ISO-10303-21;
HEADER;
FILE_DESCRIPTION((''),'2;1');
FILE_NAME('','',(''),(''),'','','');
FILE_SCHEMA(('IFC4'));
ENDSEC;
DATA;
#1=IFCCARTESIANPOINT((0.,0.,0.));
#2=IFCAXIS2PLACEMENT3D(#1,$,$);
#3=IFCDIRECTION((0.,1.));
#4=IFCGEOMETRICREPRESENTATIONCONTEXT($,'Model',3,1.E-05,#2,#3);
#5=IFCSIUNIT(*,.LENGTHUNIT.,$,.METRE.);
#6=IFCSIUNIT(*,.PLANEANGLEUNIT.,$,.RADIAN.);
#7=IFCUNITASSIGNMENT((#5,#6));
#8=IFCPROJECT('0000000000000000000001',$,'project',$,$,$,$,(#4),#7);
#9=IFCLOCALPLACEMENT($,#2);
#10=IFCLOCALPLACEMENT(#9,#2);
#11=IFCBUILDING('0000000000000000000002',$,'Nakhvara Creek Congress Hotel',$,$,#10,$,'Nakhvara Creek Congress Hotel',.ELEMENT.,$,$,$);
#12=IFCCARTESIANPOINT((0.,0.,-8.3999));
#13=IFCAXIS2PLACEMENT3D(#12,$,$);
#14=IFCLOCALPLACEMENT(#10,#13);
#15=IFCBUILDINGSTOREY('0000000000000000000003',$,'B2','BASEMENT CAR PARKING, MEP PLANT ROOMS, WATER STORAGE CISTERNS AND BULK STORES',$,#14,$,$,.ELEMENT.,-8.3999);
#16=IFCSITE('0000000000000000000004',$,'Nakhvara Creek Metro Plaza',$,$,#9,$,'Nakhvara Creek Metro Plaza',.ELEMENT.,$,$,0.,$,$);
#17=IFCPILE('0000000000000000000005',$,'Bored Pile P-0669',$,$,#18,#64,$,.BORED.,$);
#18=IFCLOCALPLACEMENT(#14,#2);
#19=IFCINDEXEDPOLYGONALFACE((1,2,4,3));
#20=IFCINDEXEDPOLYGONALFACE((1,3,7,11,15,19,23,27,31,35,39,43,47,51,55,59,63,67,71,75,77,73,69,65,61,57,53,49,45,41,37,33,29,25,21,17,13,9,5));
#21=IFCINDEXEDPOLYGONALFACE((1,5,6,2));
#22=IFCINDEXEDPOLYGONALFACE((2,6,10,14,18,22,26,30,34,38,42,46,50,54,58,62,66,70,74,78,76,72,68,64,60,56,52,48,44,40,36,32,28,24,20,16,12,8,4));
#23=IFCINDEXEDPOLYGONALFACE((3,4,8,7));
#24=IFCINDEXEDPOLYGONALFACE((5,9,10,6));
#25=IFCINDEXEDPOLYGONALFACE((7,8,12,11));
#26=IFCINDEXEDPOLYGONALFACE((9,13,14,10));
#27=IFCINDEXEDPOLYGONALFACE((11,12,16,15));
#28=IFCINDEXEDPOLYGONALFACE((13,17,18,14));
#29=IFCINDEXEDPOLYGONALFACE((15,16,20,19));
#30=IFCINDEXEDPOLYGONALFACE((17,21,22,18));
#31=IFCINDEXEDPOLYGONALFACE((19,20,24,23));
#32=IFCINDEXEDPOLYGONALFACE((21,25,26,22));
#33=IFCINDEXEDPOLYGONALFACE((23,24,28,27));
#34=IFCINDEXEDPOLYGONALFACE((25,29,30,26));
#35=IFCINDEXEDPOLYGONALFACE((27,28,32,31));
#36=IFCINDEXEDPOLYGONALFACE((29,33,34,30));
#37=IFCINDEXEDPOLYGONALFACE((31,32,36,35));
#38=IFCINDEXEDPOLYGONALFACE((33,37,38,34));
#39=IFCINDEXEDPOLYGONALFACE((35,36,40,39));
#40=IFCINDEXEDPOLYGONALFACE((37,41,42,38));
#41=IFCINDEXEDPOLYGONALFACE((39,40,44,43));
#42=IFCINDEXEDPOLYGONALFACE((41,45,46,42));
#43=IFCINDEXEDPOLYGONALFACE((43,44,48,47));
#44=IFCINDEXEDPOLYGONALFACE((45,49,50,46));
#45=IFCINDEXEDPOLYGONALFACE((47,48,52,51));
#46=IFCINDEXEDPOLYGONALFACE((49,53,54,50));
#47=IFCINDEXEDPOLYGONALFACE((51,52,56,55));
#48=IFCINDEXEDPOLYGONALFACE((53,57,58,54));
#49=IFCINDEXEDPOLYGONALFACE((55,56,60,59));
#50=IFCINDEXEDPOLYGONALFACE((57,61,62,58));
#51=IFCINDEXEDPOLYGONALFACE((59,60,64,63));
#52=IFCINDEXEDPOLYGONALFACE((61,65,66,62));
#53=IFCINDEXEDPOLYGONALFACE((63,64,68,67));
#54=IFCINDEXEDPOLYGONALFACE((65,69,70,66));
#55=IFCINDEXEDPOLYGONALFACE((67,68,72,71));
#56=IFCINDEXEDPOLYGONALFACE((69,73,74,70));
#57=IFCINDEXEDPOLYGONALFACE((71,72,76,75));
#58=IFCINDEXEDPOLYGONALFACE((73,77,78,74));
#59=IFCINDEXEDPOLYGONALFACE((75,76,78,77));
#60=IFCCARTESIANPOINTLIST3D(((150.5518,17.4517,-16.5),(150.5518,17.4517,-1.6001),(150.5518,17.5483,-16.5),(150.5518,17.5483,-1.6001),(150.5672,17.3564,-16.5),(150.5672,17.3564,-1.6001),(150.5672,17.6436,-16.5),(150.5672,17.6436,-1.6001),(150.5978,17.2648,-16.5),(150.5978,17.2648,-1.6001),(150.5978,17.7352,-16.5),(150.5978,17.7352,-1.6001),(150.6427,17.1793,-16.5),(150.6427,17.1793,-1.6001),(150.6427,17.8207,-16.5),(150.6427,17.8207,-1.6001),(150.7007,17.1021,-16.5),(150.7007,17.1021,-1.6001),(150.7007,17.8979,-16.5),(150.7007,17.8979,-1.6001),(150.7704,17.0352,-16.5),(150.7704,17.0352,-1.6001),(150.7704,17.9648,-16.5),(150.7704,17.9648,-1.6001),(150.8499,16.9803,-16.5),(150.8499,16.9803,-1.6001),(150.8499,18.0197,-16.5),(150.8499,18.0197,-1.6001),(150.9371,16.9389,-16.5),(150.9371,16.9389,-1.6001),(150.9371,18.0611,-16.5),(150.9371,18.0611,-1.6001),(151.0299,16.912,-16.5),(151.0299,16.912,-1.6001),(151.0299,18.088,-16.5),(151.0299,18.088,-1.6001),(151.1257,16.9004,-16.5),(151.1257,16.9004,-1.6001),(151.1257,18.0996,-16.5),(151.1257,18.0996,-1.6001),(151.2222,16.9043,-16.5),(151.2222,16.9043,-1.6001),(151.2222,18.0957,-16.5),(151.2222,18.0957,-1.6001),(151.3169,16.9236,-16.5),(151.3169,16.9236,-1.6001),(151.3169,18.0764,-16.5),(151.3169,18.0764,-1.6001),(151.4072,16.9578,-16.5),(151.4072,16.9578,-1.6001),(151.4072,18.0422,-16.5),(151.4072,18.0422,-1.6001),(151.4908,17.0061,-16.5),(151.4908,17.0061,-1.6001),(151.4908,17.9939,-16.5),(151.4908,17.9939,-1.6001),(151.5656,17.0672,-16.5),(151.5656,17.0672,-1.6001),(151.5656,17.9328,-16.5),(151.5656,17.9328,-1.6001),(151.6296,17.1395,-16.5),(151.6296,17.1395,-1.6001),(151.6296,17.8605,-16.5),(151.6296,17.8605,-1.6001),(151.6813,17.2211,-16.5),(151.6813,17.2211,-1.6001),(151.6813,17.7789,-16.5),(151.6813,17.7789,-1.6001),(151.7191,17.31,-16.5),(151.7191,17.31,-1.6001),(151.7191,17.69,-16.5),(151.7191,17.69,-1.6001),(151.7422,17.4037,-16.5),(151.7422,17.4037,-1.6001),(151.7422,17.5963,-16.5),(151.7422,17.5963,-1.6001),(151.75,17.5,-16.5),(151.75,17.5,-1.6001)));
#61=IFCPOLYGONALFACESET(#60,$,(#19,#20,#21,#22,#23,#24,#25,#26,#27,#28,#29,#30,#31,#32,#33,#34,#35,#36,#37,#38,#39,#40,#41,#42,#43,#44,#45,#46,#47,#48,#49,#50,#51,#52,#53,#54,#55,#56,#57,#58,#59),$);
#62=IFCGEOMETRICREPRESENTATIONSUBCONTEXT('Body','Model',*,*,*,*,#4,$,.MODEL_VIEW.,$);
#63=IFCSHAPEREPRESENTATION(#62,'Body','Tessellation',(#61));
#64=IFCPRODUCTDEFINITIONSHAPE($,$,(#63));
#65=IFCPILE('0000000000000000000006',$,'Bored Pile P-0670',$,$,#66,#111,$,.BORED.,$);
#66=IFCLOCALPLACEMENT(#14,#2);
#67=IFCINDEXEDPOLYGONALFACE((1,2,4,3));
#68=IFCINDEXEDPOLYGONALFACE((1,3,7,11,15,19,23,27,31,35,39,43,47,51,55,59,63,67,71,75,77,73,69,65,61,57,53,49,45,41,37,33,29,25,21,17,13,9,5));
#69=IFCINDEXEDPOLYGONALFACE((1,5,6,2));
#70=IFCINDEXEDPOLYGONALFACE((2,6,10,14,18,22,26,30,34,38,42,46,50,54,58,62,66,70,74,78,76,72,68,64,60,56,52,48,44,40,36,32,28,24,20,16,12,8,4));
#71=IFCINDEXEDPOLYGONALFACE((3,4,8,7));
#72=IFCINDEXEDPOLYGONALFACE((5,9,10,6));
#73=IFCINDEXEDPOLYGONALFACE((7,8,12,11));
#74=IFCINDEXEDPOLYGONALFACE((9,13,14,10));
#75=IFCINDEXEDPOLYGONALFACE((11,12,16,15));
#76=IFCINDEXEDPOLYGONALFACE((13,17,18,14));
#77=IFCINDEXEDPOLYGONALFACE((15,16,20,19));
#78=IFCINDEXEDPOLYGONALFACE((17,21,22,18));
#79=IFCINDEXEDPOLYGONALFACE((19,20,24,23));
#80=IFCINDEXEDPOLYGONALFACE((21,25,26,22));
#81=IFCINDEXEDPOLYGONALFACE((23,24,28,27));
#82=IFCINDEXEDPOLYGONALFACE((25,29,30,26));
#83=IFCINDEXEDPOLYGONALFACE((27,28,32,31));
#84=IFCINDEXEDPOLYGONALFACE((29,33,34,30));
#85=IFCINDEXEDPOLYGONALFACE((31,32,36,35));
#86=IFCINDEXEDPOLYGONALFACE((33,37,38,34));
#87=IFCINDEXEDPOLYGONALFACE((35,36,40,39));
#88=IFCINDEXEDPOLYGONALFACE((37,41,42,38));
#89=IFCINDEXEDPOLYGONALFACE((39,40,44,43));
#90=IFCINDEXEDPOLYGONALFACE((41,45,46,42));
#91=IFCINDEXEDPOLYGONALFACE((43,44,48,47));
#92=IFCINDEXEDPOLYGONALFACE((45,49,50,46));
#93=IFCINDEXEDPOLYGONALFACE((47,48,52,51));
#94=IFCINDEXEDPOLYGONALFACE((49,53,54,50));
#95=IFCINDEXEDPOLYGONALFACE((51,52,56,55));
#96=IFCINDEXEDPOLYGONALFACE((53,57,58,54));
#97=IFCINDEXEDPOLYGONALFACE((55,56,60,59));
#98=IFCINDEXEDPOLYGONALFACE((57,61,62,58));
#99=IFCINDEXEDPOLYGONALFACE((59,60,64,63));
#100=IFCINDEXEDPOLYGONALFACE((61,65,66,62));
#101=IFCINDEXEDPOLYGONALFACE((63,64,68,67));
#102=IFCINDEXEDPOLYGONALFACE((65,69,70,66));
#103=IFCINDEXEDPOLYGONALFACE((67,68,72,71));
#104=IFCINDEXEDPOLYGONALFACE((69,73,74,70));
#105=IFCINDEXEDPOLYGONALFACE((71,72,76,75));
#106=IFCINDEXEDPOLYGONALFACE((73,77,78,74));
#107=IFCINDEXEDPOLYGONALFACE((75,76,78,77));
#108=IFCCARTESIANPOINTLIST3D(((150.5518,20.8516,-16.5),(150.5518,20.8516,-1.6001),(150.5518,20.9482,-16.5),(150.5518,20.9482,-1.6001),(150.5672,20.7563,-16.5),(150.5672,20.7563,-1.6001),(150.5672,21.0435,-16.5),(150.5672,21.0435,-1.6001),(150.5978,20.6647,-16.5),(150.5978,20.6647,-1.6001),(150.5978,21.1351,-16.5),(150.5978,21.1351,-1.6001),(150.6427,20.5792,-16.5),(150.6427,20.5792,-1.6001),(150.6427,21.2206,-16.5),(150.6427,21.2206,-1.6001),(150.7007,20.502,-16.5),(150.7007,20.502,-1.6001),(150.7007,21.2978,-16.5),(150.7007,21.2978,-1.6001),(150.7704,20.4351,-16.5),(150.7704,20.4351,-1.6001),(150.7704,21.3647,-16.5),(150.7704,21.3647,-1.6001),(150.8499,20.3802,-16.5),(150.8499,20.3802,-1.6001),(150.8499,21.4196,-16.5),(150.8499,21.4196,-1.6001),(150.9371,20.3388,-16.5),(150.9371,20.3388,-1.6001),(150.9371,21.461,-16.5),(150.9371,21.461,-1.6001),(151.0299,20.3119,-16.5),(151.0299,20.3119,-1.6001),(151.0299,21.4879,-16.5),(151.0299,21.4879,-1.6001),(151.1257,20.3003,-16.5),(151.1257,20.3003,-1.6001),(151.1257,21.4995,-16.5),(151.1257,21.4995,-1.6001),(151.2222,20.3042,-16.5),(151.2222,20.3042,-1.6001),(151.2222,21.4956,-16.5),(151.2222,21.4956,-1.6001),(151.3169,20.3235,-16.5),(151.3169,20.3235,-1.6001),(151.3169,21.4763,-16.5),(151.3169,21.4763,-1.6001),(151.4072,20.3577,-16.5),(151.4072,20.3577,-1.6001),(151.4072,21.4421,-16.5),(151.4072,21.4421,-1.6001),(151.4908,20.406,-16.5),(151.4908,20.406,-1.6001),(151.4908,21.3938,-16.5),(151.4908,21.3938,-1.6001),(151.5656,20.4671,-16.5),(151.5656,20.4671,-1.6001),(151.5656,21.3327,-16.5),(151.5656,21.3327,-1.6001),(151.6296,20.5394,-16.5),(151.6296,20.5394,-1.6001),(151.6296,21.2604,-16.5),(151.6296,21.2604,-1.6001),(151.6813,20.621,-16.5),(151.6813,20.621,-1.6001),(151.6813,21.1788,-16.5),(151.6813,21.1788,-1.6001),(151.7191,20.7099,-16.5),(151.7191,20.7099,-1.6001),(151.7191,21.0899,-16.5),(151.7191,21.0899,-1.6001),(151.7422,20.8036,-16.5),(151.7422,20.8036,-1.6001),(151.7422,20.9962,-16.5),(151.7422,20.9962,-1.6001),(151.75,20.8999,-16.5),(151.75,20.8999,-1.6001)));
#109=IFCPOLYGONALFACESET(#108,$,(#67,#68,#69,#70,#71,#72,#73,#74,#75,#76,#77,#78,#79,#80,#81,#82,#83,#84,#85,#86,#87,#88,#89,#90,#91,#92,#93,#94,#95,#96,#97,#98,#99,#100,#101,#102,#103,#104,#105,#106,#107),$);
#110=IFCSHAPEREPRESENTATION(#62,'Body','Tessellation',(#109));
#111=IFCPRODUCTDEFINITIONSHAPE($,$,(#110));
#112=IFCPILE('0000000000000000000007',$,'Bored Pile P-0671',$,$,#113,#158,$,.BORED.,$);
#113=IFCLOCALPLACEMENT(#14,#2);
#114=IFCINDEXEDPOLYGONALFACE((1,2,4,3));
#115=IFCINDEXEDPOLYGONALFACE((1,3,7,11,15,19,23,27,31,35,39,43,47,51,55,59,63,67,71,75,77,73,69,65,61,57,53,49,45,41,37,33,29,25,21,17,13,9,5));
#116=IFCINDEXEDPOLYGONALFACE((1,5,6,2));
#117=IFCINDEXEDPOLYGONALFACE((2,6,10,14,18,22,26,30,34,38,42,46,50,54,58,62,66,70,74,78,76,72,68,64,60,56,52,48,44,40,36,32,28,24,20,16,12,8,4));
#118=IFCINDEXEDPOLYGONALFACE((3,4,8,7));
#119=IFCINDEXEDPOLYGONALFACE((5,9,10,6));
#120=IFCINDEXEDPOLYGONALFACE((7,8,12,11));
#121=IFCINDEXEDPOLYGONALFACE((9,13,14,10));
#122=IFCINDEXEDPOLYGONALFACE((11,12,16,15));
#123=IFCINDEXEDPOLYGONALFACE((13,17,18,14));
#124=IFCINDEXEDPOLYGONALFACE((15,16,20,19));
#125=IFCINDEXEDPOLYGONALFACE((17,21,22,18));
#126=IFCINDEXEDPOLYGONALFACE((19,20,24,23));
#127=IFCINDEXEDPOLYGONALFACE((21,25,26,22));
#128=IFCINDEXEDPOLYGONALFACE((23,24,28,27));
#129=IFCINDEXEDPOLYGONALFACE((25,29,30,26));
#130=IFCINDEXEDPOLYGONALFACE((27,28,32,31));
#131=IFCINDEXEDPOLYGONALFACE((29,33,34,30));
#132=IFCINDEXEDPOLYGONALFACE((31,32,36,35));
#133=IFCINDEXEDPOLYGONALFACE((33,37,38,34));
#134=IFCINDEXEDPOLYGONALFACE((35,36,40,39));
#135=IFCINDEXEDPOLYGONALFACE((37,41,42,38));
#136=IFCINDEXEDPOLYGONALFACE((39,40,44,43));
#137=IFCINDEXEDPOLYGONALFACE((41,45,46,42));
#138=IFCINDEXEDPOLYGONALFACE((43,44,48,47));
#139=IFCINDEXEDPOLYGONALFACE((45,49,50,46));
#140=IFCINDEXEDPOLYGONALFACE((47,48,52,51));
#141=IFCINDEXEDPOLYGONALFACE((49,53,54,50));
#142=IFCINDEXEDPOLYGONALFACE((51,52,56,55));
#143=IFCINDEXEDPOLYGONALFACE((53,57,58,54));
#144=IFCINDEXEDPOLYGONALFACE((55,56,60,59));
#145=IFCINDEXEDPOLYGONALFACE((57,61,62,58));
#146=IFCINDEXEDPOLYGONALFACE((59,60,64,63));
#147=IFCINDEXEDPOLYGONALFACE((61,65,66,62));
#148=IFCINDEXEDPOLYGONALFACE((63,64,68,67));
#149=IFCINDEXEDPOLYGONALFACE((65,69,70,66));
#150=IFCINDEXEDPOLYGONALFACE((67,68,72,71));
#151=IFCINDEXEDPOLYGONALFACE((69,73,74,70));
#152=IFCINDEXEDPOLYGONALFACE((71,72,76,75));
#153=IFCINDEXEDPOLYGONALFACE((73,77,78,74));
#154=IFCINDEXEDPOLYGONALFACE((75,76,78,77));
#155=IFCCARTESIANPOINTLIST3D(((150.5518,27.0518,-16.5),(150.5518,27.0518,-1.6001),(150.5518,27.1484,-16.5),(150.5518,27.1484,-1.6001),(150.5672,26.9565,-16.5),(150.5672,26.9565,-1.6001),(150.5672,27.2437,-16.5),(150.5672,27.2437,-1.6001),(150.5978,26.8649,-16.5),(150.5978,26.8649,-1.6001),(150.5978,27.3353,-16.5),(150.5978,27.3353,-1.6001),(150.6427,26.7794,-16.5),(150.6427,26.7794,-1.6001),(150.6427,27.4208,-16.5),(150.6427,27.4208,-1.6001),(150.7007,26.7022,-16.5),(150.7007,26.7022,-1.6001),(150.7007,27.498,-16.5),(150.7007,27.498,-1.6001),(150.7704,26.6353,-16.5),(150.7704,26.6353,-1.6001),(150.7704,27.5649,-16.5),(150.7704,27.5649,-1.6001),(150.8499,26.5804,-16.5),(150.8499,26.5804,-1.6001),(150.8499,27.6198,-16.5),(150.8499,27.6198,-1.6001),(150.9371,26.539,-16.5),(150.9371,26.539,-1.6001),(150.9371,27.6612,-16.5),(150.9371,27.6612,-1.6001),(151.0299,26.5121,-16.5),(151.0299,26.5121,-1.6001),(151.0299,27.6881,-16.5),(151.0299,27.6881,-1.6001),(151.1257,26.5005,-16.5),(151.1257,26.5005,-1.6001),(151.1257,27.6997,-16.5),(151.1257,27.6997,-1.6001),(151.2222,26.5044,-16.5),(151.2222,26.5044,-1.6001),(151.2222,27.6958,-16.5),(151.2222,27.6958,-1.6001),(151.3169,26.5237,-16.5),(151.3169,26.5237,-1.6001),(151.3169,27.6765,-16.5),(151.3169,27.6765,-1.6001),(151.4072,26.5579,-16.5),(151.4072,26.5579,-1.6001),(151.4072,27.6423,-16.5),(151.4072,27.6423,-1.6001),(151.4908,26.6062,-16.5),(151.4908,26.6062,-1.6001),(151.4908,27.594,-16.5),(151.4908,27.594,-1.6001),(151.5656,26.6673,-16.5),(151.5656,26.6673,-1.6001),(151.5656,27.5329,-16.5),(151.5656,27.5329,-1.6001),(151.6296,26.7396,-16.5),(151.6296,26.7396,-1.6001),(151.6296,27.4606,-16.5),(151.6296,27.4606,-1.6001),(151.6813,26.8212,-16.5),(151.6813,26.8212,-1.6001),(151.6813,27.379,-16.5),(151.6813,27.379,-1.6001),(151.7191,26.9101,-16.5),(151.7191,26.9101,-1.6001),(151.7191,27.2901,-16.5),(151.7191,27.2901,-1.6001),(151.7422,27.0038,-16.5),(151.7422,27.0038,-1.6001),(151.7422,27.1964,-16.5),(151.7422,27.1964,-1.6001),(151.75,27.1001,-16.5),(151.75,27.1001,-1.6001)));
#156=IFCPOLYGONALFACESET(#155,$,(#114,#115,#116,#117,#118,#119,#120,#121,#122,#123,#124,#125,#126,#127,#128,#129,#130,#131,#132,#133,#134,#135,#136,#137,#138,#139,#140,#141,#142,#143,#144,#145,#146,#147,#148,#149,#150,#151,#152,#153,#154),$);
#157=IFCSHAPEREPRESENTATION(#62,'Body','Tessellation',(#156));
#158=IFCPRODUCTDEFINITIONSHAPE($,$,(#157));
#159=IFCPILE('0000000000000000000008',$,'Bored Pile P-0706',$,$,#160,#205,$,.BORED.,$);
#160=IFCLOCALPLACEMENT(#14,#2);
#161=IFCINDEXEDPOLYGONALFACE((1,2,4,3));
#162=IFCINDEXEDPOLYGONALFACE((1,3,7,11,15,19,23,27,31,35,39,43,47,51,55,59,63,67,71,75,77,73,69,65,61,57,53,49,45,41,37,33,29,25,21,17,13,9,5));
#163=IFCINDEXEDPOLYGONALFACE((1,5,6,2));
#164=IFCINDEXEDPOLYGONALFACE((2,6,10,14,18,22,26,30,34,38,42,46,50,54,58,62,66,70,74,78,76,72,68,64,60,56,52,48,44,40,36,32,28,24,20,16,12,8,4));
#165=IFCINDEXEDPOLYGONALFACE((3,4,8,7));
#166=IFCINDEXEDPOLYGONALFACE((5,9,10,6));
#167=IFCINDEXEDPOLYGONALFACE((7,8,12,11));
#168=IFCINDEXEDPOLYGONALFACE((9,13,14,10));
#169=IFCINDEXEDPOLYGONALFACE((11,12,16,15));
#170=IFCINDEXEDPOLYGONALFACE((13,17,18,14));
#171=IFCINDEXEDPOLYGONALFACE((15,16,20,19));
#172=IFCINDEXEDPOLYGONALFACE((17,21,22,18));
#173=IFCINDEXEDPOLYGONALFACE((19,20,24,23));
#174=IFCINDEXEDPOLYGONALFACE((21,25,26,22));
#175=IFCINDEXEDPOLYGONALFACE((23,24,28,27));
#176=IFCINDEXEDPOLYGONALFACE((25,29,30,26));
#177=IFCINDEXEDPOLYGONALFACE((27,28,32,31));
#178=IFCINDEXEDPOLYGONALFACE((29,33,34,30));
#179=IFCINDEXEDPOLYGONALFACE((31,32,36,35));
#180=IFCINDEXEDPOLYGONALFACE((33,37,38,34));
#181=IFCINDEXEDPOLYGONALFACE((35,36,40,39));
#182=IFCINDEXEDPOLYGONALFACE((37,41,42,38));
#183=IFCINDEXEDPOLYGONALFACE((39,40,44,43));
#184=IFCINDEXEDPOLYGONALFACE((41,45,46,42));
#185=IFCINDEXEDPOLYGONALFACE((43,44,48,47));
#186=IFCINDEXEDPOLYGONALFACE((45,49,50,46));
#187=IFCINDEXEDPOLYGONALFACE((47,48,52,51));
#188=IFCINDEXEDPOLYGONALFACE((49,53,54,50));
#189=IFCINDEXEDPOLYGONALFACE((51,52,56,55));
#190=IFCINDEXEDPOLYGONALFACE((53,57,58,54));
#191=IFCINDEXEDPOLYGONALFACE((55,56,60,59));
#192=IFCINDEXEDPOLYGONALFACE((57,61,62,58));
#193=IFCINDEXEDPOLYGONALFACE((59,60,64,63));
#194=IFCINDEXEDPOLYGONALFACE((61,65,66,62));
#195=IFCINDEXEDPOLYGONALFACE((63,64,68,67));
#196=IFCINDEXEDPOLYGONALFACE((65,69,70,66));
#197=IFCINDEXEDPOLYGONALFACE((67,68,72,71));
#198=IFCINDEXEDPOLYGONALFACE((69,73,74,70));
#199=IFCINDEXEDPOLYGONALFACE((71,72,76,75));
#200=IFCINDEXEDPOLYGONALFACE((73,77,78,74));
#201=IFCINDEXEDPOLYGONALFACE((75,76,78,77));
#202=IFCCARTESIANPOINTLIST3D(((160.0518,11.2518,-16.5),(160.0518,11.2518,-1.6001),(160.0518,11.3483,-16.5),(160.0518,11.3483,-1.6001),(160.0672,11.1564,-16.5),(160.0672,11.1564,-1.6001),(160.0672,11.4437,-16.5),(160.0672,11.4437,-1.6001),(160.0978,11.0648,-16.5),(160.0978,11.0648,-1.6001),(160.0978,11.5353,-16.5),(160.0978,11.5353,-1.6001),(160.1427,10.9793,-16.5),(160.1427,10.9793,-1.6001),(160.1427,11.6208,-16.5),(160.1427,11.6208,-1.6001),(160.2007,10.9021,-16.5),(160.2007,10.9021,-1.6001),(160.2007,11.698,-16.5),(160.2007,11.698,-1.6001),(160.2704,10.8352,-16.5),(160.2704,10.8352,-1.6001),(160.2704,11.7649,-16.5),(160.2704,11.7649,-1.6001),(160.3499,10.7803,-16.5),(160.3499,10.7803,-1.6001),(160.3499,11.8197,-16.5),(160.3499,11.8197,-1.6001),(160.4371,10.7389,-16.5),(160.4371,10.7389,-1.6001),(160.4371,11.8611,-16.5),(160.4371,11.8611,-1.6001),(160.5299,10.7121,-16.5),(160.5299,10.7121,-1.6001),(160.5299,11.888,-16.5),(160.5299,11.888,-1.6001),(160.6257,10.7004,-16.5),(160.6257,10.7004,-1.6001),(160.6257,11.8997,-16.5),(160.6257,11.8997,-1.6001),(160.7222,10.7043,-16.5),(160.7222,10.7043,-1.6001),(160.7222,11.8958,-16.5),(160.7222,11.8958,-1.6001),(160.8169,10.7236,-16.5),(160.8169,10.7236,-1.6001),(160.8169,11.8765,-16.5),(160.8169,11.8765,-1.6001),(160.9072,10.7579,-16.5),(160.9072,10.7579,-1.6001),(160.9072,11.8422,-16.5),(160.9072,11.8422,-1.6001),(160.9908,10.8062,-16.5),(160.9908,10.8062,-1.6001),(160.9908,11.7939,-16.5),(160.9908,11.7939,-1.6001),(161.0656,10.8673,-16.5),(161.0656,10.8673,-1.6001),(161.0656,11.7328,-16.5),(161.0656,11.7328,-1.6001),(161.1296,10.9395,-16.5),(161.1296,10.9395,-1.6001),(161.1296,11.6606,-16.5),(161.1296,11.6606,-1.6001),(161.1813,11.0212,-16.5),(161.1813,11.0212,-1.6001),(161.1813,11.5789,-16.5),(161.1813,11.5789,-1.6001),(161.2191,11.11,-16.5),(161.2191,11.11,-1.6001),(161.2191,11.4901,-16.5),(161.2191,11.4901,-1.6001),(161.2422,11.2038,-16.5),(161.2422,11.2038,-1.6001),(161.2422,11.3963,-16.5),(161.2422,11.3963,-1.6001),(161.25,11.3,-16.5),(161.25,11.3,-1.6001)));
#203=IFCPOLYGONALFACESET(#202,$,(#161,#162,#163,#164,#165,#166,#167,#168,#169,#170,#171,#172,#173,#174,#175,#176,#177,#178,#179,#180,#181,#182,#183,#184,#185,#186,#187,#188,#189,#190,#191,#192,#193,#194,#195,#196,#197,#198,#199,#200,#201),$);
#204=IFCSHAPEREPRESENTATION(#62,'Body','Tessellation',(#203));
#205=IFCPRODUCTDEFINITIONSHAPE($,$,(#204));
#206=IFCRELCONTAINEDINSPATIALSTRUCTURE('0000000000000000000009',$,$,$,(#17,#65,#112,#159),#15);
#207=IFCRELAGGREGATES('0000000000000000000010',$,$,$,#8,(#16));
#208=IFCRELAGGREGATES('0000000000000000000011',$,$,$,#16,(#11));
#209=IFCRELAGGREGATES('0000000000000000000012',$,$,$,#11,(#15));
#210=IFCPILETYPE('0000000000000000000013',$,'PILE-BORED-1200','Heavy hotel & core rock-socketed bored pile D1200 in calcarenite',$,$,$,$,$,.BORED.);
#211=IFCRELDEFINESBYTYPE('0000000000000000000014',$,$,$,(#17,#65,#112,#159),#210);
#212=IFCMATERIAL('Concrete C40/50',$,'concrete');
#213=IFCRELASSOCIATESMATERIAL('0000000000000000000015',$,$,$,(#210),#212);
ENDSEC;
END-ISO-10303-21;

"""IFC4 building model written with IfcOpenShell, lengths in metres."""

from ifc_helpers import new_model, si_unit, direction, frame, origin, origin_2d, place, context, subcontext, project, spatial, circle, extrude, material, material_profile, profile_set, type_object, element, save


model = new_model("IFC4")

# Units and contexts
model_context = context("Model", 3, precision=1e-05, world=origin(), true_north=direction((0.0, 1.0)))
body_context = subcontext(model_context, "Body", "Model", "MODEL_VIEW")
ifc_project = project(units=[si_unit("LENGTHUNIT", "METRE"), si_unit("PLANEANGLEUNIT", "RADIAN")], contexts=[model_context])

# Site, building, storey
site_placement = place(None, origin())
site = spatial("IfcSite", under=ifc_project, at=site_placement, Name="Nakhvara Creek Metro Plaza", LongName="Nakhvara Creek Metro Plaza", CompositionType="ELEMENT", RefElevation=0.0)
building_placement = place(site_placement, origin())
building = spatial("IfcBuilding", under=site, at=building_placement, Name="Nakhvara Creek Congress Hotel", LongName="Nakhvara Creek Congress Hotel", CompositionType="ELEMENT")
storey_placement = place(building_placement, frame((0.0, 0.0, -8.3999)))
storey = spatial("IfcBuildingStorey", under=building, at=storey_placement, Name="B2", Description="BASEMENT CAR PARKING, MEP PLANT ROOMS, WATER STORAGE CISTERNS AND BULK STORES", CompositionType="ELEMENT", Elevation=-8.3999)

# Shared definitions
ifc_material_1 = material(Name="Concrete C40/50", Category="concrete")

# Piles
ifc_material_profile_1 = material_profile(ifc_material_1, circle(Radius=0.6001, at=origin_2d()), Name="BORED PILE D1200", Category="LoadBearing")
ifc_profile_set_1 = profile_set([ifc_material_profile_1], Name="Concrete C40/50")
pile_type_1 = type_object("IfcPileType", Name="PILE-BORED-1200", Description="Heavy hotel & core rock-socketed bored pile D1200 in calcarenite", PredefinedType="BORED", material=ifc_profile_set_1)
for number, where, z_axis, x_axis, name in (
    (1, (151.1499, 17.5, -1.6001), (0.0, 0.0, -1.0), (1.0, 0.0, 0.0), "Bored Pile P-0669"),
    (2, (151.1499, 20.8999, -1.6001), (0.0, 0.0, -1.0), (1.0, 0.0, 0.0), "Bored Pile P-0670"),
    (3, (151.1499, 27.1001, -1.6001), (0.0, 0.0, -1.0), (1.0, 0.0, 0.0), "Bored Pile P-0671"),
    (4, (160.6499, 11.3, -1.6001), (0.0, 0.0, -1.0), (1.0, 0.0, 0.0), "Bored Pile P-0706"),
):
    element("IfcPile", number, at=place(storey_placement, frame(where, z_axis=z_axis, x_axis=x_axis)), inside=storey, type_object=pile_type_1, Name=name, PredefinedType="BORED", context=body_context, shape_type="SweptSolid", body=[
        extrude(circle(Radius=0.6001, at=origin_2d()), origin(), (0.0, 0.0, 1.0), 14.8999),
    ])

save(model, "model.ifc")
